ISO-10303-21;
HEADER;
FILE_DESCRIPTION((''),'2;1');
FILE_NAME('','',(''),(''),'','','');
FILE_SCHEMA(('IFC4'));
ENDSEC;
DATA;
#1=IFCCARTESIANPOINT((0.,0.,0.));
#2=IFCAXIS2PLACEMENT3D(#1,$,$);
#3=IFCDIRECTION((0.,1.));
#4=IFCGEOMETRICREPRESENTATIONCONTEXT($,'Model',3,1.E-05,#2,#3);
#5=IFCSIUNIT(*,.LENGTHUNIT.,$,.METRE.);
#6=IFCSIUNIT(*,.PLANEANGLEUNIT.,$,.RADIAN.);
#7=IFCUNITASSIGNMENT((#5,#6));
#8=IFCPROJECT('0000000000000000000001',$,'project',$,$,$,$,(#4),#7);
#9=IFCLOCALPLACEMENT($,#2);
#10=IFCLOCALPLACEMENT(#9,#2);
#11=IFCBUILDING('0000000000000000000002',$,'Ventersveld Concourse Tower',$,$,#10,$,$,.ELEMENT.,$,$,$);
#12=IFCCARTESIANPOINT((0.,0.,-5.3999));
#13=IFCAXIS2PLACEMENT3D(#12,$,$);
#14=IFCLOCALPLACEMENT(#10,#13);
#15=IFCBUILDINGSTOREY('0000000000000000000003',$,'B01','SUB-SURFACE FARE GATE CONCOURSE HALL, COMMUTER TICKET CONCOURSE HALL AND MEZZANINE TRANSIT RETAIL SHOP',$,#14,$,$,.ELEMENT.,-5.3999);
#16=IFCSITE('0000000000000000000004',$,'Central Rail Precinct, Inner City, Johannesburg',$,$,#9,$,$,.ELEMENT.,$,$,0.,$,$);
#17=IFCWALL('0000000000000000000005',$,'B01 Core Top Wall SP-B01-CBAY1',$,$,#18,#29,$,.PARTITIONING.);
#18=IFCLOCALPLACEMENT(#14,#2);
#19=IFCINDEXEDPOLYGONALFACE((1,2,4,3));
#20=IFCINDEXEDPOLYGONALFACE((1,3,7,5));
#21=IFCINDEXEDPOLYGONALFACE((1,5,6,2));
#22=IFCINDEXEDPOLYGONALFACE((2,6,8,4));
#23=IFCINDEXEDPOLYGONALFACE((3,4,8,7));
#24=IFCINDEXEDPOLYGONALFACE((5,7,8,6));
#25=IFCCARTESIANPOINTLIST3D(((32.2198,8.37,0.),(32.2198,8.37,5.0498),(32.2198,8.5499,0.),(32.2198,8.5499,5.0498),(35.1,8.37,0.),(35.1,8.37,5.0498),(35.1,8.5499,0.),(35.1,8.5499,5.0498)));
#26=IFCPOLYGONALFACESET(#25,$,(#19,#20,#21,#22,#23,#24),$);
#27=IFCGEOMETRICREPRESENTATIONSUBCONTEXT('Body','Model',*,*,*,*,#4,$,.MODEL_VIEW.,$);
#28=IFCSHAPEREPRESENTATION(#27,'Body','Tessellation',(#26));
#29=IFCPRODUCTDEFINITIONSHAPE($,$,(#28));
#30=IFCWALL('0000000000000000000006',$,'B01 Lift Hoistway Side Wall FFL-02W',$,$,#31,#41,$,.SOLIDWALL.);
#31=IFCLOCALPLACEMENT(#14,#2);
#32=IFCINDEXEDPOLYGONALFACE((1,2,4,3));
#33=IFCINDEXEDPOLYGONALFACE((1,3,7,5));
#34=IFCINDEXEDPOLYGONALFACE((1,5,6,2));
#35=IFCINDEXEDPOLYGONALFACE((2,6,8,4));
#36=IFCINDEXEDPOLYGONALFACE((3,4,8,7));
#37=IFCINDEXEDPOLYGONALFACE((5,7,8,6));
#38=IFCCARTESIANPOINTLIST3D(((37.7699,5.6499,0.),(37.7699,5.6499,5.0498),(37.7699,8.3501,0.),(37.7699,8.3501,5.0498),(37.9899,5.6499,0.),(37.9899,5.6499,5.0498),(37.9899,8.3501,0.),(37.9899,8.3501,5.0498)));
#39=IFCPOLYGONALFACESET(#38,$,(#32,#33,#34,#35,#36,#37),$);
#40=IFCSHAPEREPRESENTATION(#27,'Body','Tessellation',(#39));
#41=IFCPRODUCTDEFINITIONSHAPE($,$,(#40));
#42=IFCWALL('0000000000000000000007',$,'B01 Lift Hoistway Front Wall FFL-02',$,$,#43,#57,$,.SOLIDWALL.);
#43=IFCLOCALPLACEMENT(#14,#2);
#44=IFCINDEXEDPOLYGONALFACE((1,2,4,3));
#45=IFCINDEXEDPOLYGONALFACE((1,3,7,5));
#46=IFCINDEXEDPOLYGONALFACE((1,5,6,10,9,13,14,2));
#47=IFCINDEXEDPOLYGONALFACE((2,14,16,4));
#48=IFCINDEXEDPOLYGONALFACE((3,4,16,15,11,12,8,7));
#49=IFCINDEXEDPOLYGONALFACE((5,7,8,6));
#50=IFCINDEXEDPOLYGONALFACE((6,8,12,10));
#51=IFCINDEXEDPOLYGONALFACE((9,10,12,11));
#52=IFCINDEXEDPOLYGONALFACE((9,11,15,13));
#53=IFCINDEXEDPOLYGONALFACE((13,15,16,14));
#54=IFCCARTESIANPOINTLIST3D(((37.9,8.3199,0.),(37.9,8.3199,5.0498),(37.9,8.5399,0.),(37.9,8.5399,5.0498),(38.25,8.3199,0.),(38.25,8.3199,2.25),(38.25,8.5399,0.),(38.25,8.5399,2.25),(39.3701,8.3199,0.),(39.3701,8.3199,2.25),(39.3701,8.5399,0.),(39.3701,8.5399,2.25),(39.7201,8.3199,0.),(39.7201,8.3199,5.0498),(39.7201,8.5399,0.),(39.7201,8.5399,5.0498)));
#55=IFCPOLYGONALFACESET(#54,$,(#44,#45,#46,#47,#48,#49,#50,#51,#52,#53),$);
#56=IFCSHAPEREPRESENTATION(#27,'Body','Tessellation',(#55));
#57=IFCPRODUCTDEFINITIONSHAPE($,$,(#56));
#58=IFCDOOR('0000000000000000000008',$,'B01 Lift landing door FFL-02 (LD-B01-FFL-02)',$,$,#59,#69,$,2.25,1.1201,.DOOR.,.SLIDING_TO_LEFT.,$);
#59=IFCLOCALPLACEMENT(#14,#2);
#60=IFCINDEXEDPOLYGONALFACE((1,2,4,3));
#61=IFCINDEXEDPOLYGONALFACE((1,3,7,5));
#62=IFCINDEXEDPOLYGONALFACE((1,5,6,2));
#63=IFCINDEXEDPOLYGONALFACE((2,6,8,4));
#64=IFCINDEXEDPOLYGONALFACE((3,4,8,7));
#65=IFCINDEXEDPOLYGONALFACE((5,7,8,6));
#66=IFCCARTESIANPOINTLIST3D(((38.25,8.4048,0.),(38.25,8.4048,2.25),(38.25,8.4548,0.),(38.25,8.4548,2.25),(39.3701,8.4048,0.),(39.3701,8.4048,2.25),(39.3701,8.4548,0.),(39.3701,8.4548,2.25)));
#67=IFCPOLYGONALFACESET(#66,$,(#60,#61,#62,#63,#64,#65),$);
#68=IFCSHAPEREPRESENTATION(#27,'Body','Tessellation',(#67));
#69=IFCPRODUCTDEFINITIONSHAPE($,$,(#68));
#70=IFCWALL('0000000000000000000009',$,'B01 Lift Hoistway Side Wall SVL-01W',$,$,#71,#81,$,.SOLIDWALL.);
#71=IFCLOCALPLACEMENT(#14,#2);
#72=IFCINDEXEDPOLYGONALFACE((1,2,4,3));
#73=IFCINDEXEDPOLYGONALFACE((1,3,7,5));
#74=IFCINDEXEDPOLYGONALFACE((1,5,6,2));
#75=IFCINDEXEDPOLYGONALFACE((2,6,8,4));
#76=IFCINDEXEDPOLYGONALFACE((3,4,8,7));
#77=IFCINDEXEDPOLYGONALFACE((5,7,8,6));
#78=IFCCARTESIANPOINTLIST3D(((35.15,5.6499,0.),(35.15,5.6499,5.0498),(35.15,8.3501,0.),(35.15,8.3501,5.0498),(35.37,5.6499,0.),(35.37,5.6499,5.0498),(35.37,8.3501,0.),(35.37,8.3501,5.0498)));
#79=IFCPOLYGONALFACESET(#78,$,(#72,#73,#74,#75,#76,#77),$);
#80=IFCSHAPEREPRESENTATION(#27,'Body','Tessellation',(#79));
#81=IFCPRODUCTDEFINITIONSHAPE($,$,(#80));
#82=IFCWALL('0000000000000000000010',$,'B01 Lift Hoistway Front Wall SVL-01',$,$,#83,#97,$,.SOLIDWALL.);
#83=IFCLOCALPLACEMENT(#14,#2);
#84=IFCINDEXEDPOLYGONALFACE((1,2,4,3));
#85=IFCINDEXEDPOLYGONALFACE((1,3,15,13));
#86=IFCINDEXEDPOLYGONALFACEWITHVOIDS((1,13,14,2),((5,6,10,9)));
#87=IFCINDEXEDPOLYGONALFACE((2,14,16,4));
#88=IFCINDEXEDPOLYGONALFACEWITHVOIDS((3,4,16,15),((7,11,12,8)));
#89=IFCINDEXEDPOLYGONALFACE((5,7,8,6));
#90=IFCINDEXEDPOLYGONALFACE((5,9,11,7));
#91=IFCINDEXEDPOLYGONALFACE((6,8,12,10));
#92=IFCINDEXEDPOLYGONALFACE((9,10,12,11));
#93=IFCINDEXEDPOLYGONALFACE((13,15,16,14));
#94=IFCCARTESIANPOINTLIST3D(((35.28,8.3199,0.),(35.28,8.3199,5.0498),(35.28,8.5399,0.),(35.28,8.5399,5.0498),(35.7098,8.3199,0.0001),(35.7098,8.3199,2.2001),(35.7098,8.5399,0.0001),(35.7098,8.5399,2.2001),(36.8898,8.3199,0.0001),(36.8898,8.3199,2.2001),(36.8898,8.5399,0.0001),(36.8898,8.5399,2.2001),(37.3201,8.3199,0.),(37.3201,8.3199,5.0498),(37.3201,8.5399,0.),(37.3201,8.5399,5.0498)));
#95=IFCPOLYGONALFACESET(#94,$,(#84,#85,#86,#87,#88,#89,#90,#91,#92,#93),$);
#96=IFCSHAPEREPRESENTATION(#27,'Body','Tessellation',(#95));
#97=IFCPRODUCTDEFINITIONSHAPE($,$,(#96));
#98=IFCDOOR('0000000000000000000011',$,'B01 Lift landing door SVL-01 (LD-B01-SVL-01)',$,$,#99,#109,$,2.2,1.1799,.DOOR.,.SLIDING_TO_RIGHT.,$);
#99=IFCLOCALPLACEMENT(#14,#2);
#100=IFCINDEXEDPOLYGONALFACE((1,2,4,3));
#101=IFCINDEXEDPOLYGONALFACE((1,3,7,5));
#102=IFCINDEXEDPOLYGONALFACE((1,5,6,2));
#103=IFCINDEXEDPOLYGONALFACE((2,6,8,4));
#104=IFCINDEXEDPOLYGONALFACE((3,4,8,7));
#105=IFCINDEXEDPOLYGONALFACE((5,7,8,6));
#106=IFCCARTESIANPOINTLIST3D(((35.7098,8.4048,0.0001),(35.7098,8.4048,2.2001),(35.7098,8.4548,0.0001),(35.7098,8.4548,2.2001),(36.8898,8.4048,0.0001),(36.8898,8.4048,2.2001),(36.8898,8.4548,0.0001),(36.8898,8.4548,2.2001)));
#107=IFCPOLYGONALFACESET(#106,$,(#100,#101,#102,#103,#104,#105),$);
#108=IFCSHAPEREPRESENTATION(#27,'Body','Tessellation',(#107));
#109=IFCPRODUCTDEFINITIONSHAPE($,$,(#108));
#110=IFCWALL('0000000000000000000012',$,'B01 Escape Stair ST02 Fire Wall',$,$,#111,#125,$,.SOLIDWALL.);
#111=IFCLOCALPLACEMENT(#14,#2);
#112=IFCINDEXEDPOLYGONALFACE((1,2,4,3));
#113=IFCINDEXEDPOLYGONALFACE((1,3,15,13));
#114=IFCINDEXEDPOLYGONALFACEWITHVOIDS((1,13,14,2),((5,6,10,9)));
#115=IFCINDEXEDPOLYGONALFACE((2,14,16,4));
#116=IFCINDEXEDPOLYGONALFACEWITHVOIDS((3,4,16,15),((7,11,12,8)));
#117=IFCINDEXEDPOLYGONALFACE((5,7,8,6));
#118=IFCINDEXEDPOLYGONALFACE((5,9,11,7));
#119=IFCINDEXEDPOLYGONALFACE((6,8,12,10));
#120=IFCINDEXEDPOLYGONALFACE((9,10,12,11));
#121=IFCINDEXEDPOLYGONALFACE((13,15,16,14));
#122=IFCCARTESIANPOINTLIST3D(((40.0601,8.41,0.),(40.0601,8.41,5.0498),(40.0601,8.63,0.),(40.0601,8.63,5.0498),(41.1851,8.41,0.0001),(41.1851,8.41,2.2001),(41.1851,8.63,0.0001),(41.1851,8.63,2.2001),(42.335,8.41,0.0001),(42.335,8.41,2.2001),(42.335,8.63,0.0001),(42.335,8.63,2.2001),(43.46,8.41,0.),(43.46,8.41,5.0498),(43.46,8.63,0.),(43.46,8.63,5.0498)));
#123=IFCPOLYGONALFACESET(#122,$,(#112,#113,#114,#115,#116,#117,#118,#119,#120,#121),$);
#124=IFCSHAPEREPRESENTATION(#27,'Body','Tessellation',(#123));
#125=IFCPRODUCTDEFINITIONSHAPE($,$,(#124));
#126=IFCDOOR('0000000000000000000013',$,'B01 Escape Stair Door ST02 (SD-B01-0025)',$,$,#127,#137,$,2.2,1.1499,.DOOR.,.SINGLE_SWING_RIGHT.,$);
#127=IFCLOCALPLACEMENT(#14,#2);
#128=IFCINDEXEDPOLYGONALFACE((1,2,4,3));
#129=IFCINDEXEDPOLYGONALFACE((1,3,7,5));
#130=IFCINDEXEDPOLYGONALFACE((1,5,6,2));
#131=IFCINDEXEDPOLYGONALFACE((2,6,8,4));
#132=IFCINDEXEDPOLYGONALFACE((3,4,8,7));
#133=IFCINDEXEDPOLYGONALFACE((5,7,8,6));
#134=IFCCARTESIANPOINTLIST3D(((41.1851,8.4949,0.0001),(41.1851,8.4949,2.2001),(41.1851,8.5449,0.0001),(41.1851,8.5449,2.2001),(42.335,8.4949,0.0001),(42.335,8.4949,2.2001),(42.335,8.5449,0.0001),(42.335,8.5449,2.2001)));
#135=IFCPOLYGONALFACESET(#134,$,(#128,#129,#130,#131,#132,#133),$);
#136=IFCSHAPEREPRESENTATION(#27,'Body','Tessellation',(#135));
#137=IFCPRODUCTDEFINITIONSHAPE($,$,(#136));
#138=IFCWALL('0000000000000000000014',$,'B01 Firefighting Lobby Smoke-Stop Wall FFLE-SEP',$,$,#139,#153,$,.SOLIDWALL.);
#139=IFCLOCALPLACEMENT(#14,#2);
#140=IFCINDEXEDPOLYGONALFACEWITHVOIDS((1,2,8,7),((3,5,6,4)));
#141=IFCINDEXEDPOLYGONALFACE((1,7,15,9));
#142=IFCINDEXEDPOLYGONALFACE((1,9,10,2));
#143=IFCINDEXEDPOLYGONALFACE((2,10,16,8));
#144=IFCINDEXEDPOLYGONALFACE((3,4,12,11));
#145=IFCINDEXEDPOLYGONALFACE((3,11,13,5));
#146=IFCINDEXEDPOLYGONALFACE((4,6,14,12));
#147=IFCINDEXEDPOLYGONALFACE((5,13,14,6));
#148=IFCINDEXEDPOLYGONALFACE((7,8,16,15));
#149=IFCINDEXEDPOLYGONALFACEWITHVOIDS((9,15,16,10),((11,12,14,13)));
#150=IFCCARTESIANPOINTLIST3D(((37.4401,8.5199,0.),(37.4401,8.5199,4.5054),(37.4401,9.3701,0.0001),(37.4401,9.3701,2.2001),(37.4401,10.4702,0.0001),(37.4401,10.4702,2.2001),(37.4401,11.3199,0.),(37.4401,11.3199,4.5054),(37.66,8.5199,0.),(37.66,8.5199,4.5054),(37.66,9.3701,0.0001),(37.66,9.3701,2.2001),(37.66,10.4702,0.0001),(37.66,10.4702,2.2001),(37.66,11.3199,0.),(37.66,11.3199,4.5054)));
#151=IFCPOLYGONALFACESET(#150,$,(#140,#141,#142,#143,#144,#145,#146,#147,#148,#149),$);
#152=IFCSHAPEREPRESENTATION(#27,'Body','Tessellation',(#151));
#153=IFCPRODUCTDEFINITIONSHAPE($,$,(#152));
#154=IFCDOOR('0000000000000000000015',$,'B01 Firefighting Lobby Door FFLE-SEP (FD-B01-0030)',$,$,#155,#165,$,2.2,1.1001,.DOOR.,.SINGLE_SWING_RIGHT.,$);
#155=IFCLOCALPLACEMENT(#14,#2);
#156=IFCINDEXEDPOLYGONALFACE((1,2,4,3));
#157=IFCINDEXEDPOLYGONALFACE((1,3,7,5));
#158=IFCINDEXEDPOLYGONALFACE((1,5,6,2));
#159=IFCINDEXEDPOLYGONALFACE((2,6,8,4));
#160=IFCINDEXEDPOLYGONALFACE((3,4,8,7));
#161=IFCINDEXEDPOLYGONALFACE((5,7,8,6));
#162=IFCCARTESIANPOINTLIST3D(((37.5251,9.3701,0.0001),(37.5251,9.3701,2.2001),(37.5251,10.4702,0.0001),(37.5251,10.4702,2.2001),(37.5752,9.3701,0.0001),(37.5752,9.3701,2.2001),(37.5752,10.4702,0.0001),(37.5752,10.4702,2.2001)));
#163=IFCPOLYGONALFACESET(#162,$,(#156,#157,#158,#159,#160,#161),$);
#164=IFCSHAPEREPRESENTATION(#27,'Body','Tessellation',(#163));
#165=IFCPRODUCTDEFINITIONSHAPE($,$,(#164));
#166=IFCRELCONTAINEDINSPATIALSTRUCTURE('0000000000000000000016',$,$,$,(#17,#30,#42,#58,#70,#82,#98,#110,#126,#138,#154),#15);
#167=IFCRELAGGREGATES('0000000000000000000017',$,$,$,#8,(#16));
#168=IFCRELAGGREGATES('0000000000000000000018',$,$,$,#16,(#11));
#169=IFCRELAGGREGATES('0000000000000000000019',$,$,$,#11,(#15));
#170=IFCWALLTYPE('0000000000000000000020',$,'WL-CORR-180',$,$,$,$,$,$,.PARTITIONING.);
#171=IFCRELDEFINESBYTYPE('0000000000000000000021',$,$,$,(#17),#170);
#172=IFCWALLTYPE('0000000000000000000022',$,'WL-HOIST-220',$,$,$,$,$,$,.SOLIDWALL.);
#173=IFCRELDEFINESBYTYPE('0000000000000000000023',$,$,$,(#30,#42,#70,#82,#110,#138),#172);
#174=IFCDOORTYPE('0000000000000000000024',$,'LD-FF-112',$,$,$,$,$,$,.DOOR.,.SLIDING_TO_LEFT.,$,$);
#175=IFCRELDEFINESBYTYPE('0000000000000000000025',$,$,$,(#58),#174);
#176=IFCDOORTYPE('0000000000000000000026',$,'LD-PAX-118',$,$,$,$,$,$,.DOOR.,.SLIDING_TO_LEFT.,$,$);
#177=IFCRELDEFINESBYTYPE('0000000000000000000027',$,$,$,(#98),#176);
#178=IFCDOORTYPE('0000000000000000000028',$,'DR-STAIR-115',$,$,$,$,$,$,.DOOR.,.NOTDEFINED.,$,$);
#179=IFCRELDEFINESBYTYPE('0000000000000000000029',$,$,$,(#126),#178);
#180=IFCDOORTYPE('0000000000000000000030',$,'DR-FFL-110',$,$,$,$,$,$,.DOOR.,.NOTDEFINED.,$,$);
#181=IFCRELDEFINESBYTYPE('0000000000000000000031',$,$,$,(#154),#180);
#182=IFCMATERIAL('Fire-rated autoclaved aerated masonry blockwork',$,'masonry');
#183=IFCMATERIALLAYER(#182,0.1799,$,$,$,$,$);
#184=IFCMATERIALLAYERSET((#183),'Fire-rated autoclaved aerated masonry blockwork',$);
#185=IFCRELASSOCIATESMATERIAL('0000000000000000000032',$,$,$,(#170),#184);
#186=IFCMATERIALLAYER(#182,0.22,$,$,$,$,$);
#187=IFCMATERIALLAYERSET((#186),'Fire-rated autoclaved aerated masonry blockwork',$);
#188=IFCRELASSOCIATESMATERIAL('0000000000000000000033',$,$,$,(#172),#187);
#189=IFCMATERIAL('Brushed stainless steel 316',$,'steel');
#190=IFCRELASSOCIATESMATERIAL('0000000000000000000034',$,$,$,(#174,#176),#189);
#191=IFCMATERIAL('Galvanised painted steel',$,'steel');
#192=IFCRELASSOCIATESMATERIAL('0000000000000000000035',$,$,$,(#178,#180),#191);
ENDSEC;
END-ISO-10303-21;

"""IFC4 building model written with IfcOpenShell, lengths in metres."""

from ifc_helpers import new_model, si_unit, direction, frame, frame_2d, origin, place, context, subcontext, project, spatial, rectangle, extrude, material, layer, layer_set, type_object, element, fill, save


model = new_model("IFC4")

# Units and contexts
model_context = context("Model", 3, precision=1e-05, world=origin(), true_north=direction((0.0, 1.0)))
body_context = subcontext(model_context, "Body", "Model", "MODEL_VIEW")
ifc_project = project(units=[si_unit("LENGTHUNIT", "METRE"), si_unit("PLANEANGLEUNIT", "RADIAN")], contexts=[model_context])

# Site, building, storey
site_placement = place(None, origin())
site = spatial("IfcSite", under=ifc_project, at=site_placement, Name="Central Rail Precinct, Inner City, Johannesburg", CompositionType="ELEMENT", RefElevation=0.0)
building_placement = place(site_placement, origin())
building = spatial("IfcBuilding", under=site, at=building_placement, Name="Ventersveld Concourse Tower", CompositionType="ELEMENT")
storey_placement = place(building_placement, frame((0.0, 0.0, -5.3999)))
storey = spatial("IfcBuildingStorey", under=building, at=storey_placement, Name="B01", Description="SUB-SURFACE FARE GATE CONCOURSE HALL, COMMUTER TICKET CONCOURSE HALL AND MEZZANINE TRANSIT RETAIL SHOP", CompositionType="ELEMENT", Elevation=-5.3999)

# Shared definitions
ifc_material_1 = material(Name="Fire-rated autoclaved aerated masonry blockwork", Category="masonry")
ifc_layer_1 = layer(ifc_material_1, 0.1799)
ifc_layer_set_1 = layer_set([ifc_layer_1], Name="Fire-rated autoclaved aerated masonry blockwork")
wall_type_1 = type_object("IfcWallType", Name="WL-CORR-180", PredefinedType="PARTITIONING", material=ifc_layer_set_1)
ifc_material_2 = material(Name="Galvanised painted steel", Category="steel")

# Walls
wall_1_placement = place(storey_placement, frame((32.22, 8.46, 0.0), z_axis=(0.0, 0.0, 1.0), x_axis=(1.0, 0.0, 0.0)))
element("IfcWall", 1, at=wall_1_placement, inside=storey, type_object=wall_type_1, Name="B01 Core Top Wall SP-B01-CBAY1", PredefinedType="PARTITIONING", context=body_context, shape_type="SweptSolid", body=[
    extrude(rectangle(XDim=2.8801, YDim=0.1799, at=frame_2d((1.4399, 0.0))), origin(), (0.0, 0.0, 1.0), 5.0498),
])
ifc_layer_2 = layer(ifc_material_1, 0.22)
ifc_layer_set_2 = layer_set([ifc_layer_2], Name="Fire-rated autoclaved aerated masonry blockwork")
wall_type_2 = type_object("IfcWallType", Name="WL-HOIST-220", PredefinedType="SOLIDWALL", material=ifc_layer_set_2)
wall_2_placement = place(storey_placement, frame((37.8799, 5.6499, 0.0), z_axis=(0.0, 0.0, 1.0), x_axis=(0.0, 1.0, 0.0)))
element("IfcWall", 2, at=wall_2_placement, inside=storey, type_object=wall_type_2, Name="B01 Lift Hoistway Side Wall FFL-02W", PredefinedType="SOLIDWALL", context=body_context, shape_type="SweptSolid", body=[
    extrude(rectangle(XDim=2.7002, YDim=0.22, at=frame_2d((1.3501, 0.0))), origin(), (0.0, 0.0, 1.0), 5.0498),
])

# Wall, opening, door
wall_3_placement = place(storey_placement, frame((37.8999, 8.4299, 0.0), z_axis=(0.0, 0.0, 1.0), x_axis=(1.0, 0.0, 0.0)))
wall_3 = element("IfcWall", 3, at=wall_3_placement, inside=storey, type_object=wall_type_2, Name="B01 Lift Hoistway Front Wall FFL-02", PredefinedType="SOLIDWALL", context=body_context, shape_type="SweptSolid", body=[
    extrude(rectangle(XDim=1.8201, YDim=0.22, at=frame_2d((0.9102, 0.0))), origin(), (0.0, 0.0, 1.0), 5.0498),
])
opening_1_placement = place(wall_3_placement, frame((0.3501, 0.0, 0.0)))
opening_1 = element("IfcOpeningElement", 4, at=opening_1_placement, cuts=wall_3, PredefinedType="OPENING", context=body_context, shape_type="SweptSolid", body=[
    extrude(rectangle(XDim=1.1201, YDim=2.25, at=frame_2d((0.5601, 1.125))), frame((0.0, 0.1201, 0.0), z_axis=(0.0, -1.0, 0.0), x_axis=(1.0, 0.0, 0.0)), (0.0, 0.0, 1.0), 0.24),
])
ifc_material_3 = material(Name="Brushed stainless steel 316", Category="steel")
door_type_1 = type_object("IfcDoorType", Name="LD-FF-112", OperationType="SLIDING_TO_LEFT", PredefinedType="DOOR", material=ifc_material_3)
door_1_placement = place(opening_1_placement, origin())
door_1 = element("IfcDoor", 5, at=door_1_placement, inside=storey, type_object=door_type_1, Name="B01 Lift landing door FFL-02 (LD-B01-FFL-02)", OperationType="SLIDING_TO_LEFT", OverallHeight=2.25, OverallWidth=1.1201, PredefinedType="DOOR", context=body_context, shape_type="SweptSolid", body=[
    extrude(rectangle(XDim=1.1201, YDim=2.25, at=frame_2d((0.5601, 1.125))), frame((0.0, 0.0249, 0.0), z_axis=(0.0, -1.0, 0.0), x_axis=(1.0, 0.0, 0.0)), (0.0, 0.0, 1.0), 0.05),
])
fill(opening_1, door_1)

# Wall
wall_4_placement = place(storey_placement, frame((35.26, 5.6499, 0.0), z_axis=(0.0, 0.0, 1.0), x_axis=(0.0, 1.0, 0.0)))
element("IfcWall", 6, at=wall_4_placement, inside=storey, type_object=wall_type_2, Name="B01 Lift Hoistway Side Wall SVL-01W", PredefinedType="SOLIDWALL", context=body_context, shape_type="SweptSolid", body=[
    extrude(rectangle(XDim=2.7002, YDim=0.22, at=frame_2d((1.3501, 0.0))), origin(), (0.0, 0.0, 1.0), 5.0498),
])

# Walls, openings, doors
wall_5_placement = place(storey_placement, frame((35.28, 8.4299, 0.0), z_axis=(0.0, 0.0, 1.0), x_axis=(1.0, 0.0, 0.0)))
wall_5 = element("IfcWall", 7, at=wall_5_placement, inside=storey, type_object=wall_type_2, Name="B01 Lift Hoistway Front Wall SVL-01", PredefinedType="SOLIDWALL", context=body_context, shape_type="SweptSolid", body=[
    extrude(rectangle(XDim=2.04, YDim=0.22, at=frame_2d((1.02, 0.0))), origin(), (0.0, 0.0, 1.0), 5.0498),
])
opening_2_placement = place(wall_5_placement, frame((0.4299, 0.0, 0.0)))
opening_2 = element("IfcOpeningElement", 8, at=opening_2_placement, cuts=wall_5, PredefinedType="OPENING", context=body_context, shape_type="SweptSolid", body=[
    extrude(rectangle(XDim=1.1799, YDim=2.2, at=frame_2d((0.5898, 1.1001))), frame((0.0, 0.1201, 0.0), z_axis=(0.0, -1.0, 0.0), x_axis=(1.0, 0.0, 0.0)), (0.0, 0.0, 1.0), 0.24),
])
door_type_2 = type_object("IfcDoorType", Name="LD-PAX-118", OperationType="SLIDING_TO_LEFT", PredefinedType="DOOR", material=ifc_material_3)
door_2_placement = place(opening_2_placement, origin())
door_2 = element("IfcDoor", 9, at=door_2_placement, inside=storey, type_object=door_type_2, Name="B01 Lift landing door SVL-01 (LD-B01-SVL-01)", OperationType="SLIDING_TO_RIGHT", OverallHeight=2.2, OverallWidth=1.1799, PredefinedType="DOOR", context=body_context, shape_type="SweptSolid", body=[
    extrude(rectangle(XDim=1.1799, YDim=2.2, at=frame_2d((0.5898, 1.1001))), frame((0.0, 0.0249, 0.0), z_axis=(0.0, -1.0, 0.0), x_axis=(1.0, 0.0, 0.0)), (0.0, 0.0, 1.0), 0.05),
])
fill(opening_2, door_2)
wall_6_placement = place(storey_placement, frame((40.0601, 8.52, 0.0), z_axis=(0.0, 0.0, 1.0), x_axis=(1.0, 0.0, 0.0)))
wall_6 = element("IfcWall", 10, at=wall_6_placement, inside=storey, type_object=wall_type_2, Name="B01 Escape Stair ST02 Fire Wall", PredefinedType="SOLIDWALL", context=body_context, shape_type="SweptSolid", body=[
    extrude(rectangle(XDim=3.3999, YDim=0.22, at=frame_2d((1.7, 0.0))), origin(), (0.0, 0.0, 1.0), 5.0498),
])
opening_3_placement = place(wall_6_placement, frame((1.125, 0.0, 0.0)))
opening_3 = element("IfcOpeningElement", 11, at=opening_3_placement, cuts=wall_6, PredefinedType="OPENING", context=body_context, shape_type="SweptSolid", body=[
    extrude(rectangle(XDim=1.1499, YDim=2.2, at=frame_2d((0.575, 1.1001))), frame((0.0, 0.1201, 0.0), z_axis=(0.0, -1.0, 0.0), x_axis=(1.0, 0.0, 0.0)), (0.0, 0.0, 1.0), 0.24),
])
door_type_3 = type_object("IfcDoorType", Name="DR-STAIR-115", OperationType="NOTDEFINED", PredefinedType="DOOR", material=ifc_material_2)
door_3_placement = place(opening_3_placement, origin())
door_3 = element("IfcDoor", 12, at=door_3_placement, inside=storey, type_object=door_type_3, Name="B01 Escape Stair Door ST02 (SD-B01-0025)", OperationType="SINGLE_SWING_RIGHT", OverallHeight=2.2, OverallWidth=1.1499, PredefinedType="DOOR", context=body_context, shape_type="SweptSolid", body=[
    extrude(rectangle(XDim=1.1499, YDim=2.2, at=frame_2d((0.575, 1.1001))), frame((0.0, 0.0249, 0.0), z_axis=(0.0, -1.0, 0.0), x_axis=(1.0, 0.0, 0.0)), (0.0, 0.0, 1.0), 0.05),
])
fill(opening_3, door_3)
wall_7_placement = place(storey_placement, frame((37.55, 8.52, 0.0), z_axis=(0.0, 0.0, 1.0), x_axis=(0.0, 1.0, 0.0)))
wall_7 = element("IfcWall", 13, at=wall_7_placement, inside=storey, type_object=wall_type_2, Name="B01 Firefighting Lobby Smoke-Stop Wall FFLE-SEP", PredefinedType="SOLIDWALL", context=body_context, shape_type="SweptSolid", body=[
    extrude(rectangle(XDim=2.8, YDim=0.22, at=frame_2d((1.3999, 0.0))), origin(), (0.0, 0.0, 1.0), 4.5054),
])
opening_4_placement = place(wall_7_placement, frame((0.8501, 0.0, 0.0)))
opening_4 = element("IfcOpeningElement", 14, at=opening_4_placement, cuts=wall_7, PredefinedType="OPENING", context=body_context, shape_type="SweptSolid", body=[
    extrude(rectangle(XDim=1.1001, YDim=2.2, at=frame_2d((0.55, 1.1001))), frame((0.0, 0.1201, 0.0), z_axis=(0.0, -1.0, 0.0), x_axis=(1.0, 0.0, 0.0)), (0.0, 0.0, 1.0), 0.24),
])
door_type_4 = type_object("IfcDoorType", Name="DR-FFL-110", OperationType="NOTDEFINED", PredefinedType="DOOR", material=ifc_material_2)
door_4_placement = place(opening_4_placement, origin())
door_4 = element("IfcDoor", 15, at=door_4_placement, inside=storey, type_object=door_type_4, Name="B01 Firefighting Lobby Door FFLE-SEP (FD-B01-0030)", OperationType="SINGLE_SWING_RIGHT", OverallHeight=2.2, OverallWidth=1.1001, PredefinedType="DOOR", context=body_context, shape_type="SweptSolid", body=[
    extrude(rectangle(XDim=1.1001, YDim=2.2, at=frame_2d((0.55, 1.1001))), frame((0.0, 0.0249, 0.0), z_axis=(0.0, -1.0, 0.0), x_axis=(1.0, 0.0, 0.0)), (0.0, 0.0, 1.0), 0.05),
])
fill(opening_4, door_4)

save(model, "model.ifc")
